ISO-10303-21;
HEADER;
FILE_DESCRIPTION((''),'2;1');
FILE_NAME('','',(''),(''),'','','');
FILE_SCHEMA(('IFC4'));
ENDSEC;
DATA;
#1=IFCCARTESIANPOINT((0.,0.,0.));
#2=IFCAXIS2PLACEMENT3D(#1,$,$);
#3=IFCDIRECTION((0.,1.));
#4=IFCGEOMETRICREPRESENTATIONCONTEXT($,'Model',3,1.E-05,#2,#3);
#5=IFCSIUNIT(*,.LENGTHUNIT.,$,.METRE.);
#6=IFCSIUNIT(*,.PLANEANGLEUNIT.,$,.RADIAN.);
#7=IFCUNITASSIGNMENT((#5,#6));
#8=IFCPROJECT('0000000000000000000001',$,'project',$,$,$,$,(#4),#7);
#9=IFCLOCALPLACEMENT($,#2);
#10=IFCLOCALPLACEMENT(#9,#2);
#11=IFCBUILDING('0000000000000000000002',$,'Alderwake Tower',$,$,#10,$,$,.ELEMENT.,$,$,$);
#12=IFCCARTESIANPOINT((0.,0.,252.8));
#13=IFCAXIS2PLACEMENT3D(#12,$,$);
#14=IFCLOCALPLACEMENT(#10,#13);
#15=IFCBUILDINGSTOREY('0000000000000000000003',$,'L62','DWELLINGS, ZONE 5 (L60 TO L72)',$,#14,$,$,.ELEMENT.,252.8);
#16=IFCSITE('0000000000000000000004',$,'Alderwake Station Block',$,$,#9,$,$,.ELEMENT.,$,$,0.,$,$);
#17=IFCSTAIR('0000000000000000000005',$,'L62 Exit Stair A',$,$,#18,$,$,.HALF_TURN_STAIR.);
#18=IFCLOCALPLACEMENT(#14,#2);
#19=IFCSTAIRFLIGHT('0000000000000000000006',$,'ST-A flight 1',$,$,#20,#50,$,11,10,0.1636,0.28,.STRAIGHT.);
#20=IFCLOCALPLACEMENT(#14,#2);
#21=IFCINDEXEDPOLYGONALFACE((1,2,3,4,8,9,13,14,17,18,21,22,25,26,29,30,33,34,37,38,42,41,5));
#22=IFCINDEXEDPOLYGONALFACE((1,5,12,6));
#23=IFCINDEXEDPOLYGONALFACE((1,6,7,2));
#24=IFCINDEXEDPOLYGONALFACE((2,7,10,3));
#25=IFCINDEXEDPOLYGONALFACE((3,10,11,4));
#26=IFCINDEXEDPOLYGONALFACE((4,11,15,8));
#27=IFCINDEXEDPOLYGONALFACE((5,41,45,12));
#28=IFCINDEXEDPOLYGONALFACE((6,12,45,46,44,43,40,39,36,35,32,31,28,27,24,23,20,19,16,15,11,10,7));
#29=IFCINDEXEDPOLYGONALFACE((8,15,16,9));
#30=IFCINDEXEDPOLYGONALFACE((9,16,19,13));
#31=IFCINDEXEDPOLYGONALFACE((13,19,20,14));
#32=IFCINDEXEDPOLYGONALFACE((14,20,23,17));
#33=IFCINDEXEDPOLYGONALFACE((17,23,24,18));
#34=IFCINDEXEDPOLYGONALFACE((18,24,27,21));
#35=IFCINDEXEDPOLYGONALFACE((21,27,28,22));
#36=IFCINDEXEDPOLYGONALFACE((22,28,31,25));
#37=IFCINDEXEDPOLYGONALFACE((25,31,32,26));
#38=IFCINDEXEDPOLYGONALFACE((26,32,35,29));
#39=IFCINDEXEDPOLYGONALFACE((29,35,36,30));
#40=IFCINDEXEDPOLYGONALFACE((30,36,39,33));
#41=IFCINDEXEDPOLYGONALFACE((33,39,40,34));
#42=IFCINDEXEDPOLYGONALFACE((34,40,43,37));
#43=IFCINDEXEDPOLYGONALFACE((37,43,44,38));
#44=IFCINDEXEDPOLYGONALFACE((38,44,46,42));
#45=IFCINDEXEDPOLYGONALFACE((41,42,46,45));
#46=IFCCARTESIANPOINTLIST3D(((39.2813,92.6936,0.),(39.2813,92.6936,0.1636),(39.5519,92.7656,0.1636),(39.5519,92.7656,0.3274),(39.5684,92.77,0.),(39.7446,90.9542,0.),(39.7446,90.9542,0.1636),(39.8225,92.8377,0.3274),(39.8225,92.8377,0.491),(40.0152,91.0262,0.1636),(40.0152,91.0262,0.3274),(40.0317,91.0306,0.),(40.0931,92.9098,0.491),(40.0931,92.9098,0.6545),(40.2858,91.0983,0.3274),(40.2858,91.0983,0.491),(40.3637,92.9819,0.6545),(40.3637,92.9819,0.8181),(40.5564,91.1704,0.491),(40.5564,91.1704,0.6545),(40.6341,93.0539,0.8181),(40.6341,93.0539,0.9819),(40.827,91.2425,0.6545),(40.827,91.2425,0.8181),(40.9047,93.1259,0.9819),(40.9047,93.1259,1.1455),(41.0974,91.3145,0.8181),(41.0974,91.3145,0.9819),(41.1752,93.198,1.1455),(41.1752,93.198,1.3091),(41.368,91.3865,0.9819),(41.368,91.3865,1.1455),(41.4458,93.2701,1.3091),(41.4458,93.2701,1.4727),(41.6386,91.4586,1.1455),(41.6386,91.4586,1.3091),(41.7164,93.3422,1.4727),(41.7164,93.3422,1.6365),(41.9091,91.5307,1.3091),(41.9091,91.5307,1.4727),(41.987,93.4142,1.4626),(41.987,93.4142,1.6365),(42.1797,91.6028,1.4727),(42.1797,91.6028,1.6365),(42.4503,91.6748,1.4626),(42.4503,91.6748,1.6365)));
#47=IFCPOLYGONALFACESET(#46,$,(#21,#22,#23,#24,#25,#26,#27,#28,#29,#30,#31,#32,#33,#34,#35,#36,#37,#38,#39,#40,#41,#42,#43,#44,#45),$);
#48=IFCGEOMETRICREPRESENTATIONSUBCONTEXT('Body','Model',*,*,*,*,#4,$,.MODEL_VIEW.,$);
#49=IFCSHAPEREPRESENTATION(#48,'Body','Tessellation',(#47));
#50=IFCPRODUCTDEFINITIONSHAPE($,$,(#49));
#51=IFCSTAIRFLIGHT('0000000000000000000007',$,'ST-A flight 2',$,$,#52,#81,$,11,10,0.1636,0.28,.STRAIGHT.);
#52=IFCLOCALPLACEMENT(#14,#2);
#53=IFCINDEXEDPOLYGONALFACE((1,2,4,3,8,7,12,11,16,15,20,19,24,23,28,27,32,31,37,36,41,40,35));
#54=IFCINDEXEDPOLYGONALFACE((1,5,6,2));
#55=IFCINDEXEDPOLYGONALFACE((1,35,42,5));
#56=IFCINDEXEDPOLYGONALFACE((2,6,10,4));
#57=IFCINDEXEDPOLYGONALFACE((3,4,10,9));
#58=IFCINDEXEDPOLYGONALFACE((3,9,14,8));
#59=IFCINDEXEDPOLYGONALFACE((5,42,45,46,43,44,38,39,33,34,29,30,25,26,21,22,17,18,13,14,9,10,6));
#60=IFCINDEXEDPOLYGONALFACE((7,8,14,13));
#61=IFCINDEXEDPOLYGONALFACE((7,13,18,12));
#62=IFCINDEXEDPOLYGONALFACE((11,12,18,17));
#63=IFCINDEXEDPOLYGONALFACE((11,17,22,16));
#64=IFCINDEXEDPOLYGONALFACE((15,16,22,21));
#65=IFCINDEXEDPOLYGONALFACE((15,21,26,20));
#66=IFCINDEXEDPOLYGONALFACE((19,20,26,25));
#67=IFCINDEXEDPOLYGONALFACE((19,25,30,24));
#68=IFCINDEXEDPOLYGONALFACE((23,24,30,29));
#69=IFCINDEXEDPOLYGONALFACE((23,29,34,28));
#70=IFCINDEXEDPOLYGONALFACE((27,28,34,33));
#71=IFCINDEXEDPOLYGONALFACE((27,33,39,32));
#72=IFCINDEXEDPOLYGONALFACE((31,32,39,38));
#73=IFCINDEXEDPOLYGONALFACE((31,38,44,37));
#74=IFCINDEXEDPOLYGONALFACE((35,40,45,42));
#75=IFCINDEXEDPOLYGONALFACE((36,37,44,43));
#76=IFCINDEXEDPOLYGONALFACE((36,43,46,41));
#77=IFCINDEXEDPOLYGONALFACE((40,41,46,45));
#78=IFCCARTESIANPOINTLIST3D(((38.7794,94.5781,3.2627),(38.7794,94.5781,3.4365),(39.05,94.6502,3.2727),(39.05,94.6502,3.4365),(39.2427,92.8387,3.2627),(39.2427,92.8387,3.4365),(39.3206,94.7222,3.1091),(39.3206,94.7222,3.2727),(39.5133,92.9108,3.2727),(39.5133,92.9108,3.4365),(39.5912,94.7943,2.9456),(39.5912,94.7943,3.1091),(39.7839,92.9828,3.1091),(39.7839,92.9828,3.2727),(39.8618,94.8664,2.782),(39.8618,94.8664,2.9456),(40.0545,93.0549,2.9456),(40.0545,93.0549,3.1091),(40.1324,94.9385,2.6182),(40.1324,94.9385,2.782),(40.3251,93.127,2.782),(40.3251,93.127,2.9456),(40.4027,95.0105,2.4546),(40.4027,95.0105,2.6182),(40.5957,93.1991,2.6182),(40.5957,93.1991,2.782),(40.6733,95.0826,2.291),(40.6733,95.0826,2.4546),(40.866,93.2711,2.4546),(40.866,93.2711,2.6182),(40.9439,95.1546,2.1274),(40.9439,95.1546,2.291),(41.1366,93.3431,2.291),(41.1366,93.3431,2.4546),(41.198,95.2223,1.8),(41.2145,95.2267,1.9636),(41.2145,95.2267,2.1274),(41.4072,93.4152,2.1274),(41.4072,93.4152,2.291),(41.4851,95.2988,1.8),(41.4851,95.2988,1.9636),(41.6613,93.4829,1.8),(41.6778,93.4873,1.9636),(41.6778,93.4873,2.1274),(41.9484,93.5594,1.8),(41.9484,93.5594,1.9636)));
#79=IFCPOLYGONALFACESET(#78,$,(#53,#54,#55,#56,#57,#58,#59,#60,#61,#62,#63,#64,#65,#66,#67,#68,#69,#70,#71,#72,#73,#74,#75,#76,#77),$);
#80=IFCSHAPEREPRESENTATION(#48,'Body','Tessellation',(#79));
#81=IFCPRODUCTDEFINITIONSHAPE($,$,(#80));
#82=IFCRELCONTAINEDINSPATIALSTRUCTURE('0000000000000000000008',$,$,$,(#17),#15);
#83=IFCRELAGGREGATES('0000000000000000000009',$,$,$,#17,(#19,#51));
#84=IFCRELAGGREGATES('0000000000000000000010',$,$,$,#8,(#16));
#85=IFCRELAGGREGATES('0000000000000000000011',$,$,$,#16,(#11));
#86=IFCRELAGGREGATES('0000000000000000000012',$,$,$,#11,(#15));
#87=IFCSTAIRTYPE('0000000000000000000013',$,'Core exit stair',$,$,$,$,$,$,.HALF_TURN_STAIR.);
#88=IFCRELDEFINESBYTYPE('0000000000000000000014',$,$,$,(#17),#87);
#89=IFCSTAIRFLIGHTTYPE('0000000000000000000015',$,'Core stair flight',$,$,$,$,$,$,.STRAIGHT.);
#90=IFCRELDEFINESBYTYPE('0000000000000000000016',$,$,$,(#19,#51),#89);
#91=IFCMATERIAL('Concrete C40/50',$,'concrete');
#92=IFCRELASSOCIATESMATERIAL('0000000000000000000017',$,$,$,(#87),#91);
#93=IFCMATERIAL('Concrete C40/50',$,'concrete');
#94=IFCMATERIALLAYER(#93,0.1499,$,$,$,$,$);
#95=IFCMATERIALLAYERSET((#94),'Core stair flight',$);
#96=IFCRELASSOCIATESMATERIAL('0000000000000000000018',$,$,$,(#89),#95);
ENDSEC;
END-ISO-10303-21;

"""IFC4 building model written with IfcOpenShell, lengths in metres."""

from ifc_helpers import new_model, si_unit, direction, frame, origin, place, context, subcontext, project, spatial, polyline, outline, extrude, material, layer, layer_set, type_object, element, aggregate, save


model = new_model("IFC4")

# Units and contexts
model_context = context("Model", 3, precision=1e-05, world=origin(), true_north=direction((0.0, 1.0)))
body_context = subcontext(model_context, "Body", "Model", "MODEL_VIEW")
ifc_project = project(units=[si_unit("LENGTHUNIT", "METRE"), si_unit("PLANEANGLEUNIT", "RADIAN")], contexts=[model_context])

# Site, building, storey
site_placement = place(None, origin())
site = spatial("IfcSite", under=ifc_project, at=site_placement, Name="Alderwake Station Block", CompositionType="ELEMENT", RefElevation=0.0)
building_placement = place(site_placement, origin())
building = spatial("IfcBuilding", under=site, at=building_placement, Name="Alderwake Tower", CompositionType="ELEMENT")
storey_placement = place(building_placement, frame((0.0, 0.0, 252.8)))
storey = spatial("IfcBuildingStorey", under=building, at=storey_placement, Name="L62", Description="DWELLINGS, ZONE 5 (L60 TO L72)", CompositionType="ELEMENT", Elevation=252.8)

# Stair, stair flights
ifc_material_1 = material(Name="Concrete C40/50", Category="concrete")
stair_type = type_object("IfcStairType", Name="Core exit stair", PredefinedType="HALF_TURN_STAIR", material=ifc_material_1)
stair_placement = place(storey_placement, origin())
stair = element("IfcStair", 1, at=stair_placement, inside=storey, type_object=stair_type, Name="L62 Exit Stair A", PredefinedType="HALF_TURN_STAIR")
ifc_material_2 = material(Name="Concrete C40/50", Category="concrete")
ifc_layer_1 = layer(ifc_material_2, 0.1499)
ifc_layer_set_1 = layer_set([ifc_layer_1], Name="Core stair flight")
stair_flight_type = type_object("IfcStairFlightType", Name="Core stair flight", PredefinedType="STRAIGHT", material=ifc_layer_set_1)
stair_flight_1_placement = place(storey_placement, frame((39.5129, 91.824, 0.0), z_axis=(0.0, 0.0, 1.0), x_axis=(0.96631, 0.257382, 0.0)))
stair_flight_1 = element("IfcStairFlight", 2, at=stair_flight_1_placement, type_object=stair_flight_type, Name="ST-A flight 1", NumberOfRisers=11, NumberOfTreads=10, PredefinedType="STRAIGHT", RiserHeight=0.1636, TreadLength=0.28, context=body_context, shape_type="SweptSolid", body=[
    extrude(outline(polyline([(0.0, 0.0), (0.0, 0.1636), (0.28, 0.1636), (0.28, 0.3274), (0.5601, 0.3274), (0.5601, 0.491), (0.8401, 0.491), (0.8401, 0.6545), (1.1201, 0.6545), (1.1201, 0.8181), (1.3999, 0.8181), (1.3999, 0.9819), (1.6799, 0.9819), (1.6799, 1.1455), (1.96, 1.1455), (1.96, 1.3091), (2.24, 1.3091), (2.24, 1.4727), (2.52, 1.4727), (2.52, 1.6365), (2.8, 1.6365), (2.8, 1.8), (2.8, 1.4626), (0.2971, 0.0), (0.0, 0.0)])), frame((0.0, 0.8999, 0.0), z_axis=(0.0, -1.0, 0.0), x_axis=(1.0, 0.0, 0.0)), (0.0, 0.0, 1.0), 1.8),
])
stair_flight_2_placement = place(storey_placement, frame((41.7168, 94.429, 1.8), z_axis=(0.0, 0.0, 1.0), x_axis=(-0.96631, -0.257382, 0.0)))
stair_flight_2 = element("IfcStairFlight", 3, at=stair_flight_2_placement, type_object=stair_flight_type, Name="ST-A flight 2", NumberOfRisers=11, NumberOfTreads=10, PredefinedType="STRAIGHT", RiserHeight=0.1636, TreadLength=0.28, context=body_context, shape_type="SweptSolid", body=[
    extrude(outline(polyline([(0.0, 0.0), (0.0, 0.1636), (0.28, 0.1636), (0.28, 0.3274), (0.5601, 0.3274), (0.5601, 0.491), (0.8401, 0.491), (0.8401, 0.6545), (1.1201, 0.6545), (1.1201, 0.8181), (1.3999, 0.8181), (1.3999, 0.9819), (1.6799, 0.9819), (1.6799, 1.1455), (1.96, 1.1455), (1.96, 1.3091), (2.24, 1.3091), (2.24, 1.4727), (2.52, 1.4727), (2.52, 1.6365), (2.8, 1.6365), (2.8, 1.8), (2.8, 1.4626), (0.2971, 0.0), (0.0, 0.0)])), frame((0.0, 0.8999, 0.0), z_axis=(0.0, -1.0, 0.0), x_axis=(1.0, 0.0, 0.0)), (0.0, 0.0, 1.0), 1.8),
])
aggregate(stair, [stair_flight_1, stair_flight_2])

save(model, "model.ifc")
